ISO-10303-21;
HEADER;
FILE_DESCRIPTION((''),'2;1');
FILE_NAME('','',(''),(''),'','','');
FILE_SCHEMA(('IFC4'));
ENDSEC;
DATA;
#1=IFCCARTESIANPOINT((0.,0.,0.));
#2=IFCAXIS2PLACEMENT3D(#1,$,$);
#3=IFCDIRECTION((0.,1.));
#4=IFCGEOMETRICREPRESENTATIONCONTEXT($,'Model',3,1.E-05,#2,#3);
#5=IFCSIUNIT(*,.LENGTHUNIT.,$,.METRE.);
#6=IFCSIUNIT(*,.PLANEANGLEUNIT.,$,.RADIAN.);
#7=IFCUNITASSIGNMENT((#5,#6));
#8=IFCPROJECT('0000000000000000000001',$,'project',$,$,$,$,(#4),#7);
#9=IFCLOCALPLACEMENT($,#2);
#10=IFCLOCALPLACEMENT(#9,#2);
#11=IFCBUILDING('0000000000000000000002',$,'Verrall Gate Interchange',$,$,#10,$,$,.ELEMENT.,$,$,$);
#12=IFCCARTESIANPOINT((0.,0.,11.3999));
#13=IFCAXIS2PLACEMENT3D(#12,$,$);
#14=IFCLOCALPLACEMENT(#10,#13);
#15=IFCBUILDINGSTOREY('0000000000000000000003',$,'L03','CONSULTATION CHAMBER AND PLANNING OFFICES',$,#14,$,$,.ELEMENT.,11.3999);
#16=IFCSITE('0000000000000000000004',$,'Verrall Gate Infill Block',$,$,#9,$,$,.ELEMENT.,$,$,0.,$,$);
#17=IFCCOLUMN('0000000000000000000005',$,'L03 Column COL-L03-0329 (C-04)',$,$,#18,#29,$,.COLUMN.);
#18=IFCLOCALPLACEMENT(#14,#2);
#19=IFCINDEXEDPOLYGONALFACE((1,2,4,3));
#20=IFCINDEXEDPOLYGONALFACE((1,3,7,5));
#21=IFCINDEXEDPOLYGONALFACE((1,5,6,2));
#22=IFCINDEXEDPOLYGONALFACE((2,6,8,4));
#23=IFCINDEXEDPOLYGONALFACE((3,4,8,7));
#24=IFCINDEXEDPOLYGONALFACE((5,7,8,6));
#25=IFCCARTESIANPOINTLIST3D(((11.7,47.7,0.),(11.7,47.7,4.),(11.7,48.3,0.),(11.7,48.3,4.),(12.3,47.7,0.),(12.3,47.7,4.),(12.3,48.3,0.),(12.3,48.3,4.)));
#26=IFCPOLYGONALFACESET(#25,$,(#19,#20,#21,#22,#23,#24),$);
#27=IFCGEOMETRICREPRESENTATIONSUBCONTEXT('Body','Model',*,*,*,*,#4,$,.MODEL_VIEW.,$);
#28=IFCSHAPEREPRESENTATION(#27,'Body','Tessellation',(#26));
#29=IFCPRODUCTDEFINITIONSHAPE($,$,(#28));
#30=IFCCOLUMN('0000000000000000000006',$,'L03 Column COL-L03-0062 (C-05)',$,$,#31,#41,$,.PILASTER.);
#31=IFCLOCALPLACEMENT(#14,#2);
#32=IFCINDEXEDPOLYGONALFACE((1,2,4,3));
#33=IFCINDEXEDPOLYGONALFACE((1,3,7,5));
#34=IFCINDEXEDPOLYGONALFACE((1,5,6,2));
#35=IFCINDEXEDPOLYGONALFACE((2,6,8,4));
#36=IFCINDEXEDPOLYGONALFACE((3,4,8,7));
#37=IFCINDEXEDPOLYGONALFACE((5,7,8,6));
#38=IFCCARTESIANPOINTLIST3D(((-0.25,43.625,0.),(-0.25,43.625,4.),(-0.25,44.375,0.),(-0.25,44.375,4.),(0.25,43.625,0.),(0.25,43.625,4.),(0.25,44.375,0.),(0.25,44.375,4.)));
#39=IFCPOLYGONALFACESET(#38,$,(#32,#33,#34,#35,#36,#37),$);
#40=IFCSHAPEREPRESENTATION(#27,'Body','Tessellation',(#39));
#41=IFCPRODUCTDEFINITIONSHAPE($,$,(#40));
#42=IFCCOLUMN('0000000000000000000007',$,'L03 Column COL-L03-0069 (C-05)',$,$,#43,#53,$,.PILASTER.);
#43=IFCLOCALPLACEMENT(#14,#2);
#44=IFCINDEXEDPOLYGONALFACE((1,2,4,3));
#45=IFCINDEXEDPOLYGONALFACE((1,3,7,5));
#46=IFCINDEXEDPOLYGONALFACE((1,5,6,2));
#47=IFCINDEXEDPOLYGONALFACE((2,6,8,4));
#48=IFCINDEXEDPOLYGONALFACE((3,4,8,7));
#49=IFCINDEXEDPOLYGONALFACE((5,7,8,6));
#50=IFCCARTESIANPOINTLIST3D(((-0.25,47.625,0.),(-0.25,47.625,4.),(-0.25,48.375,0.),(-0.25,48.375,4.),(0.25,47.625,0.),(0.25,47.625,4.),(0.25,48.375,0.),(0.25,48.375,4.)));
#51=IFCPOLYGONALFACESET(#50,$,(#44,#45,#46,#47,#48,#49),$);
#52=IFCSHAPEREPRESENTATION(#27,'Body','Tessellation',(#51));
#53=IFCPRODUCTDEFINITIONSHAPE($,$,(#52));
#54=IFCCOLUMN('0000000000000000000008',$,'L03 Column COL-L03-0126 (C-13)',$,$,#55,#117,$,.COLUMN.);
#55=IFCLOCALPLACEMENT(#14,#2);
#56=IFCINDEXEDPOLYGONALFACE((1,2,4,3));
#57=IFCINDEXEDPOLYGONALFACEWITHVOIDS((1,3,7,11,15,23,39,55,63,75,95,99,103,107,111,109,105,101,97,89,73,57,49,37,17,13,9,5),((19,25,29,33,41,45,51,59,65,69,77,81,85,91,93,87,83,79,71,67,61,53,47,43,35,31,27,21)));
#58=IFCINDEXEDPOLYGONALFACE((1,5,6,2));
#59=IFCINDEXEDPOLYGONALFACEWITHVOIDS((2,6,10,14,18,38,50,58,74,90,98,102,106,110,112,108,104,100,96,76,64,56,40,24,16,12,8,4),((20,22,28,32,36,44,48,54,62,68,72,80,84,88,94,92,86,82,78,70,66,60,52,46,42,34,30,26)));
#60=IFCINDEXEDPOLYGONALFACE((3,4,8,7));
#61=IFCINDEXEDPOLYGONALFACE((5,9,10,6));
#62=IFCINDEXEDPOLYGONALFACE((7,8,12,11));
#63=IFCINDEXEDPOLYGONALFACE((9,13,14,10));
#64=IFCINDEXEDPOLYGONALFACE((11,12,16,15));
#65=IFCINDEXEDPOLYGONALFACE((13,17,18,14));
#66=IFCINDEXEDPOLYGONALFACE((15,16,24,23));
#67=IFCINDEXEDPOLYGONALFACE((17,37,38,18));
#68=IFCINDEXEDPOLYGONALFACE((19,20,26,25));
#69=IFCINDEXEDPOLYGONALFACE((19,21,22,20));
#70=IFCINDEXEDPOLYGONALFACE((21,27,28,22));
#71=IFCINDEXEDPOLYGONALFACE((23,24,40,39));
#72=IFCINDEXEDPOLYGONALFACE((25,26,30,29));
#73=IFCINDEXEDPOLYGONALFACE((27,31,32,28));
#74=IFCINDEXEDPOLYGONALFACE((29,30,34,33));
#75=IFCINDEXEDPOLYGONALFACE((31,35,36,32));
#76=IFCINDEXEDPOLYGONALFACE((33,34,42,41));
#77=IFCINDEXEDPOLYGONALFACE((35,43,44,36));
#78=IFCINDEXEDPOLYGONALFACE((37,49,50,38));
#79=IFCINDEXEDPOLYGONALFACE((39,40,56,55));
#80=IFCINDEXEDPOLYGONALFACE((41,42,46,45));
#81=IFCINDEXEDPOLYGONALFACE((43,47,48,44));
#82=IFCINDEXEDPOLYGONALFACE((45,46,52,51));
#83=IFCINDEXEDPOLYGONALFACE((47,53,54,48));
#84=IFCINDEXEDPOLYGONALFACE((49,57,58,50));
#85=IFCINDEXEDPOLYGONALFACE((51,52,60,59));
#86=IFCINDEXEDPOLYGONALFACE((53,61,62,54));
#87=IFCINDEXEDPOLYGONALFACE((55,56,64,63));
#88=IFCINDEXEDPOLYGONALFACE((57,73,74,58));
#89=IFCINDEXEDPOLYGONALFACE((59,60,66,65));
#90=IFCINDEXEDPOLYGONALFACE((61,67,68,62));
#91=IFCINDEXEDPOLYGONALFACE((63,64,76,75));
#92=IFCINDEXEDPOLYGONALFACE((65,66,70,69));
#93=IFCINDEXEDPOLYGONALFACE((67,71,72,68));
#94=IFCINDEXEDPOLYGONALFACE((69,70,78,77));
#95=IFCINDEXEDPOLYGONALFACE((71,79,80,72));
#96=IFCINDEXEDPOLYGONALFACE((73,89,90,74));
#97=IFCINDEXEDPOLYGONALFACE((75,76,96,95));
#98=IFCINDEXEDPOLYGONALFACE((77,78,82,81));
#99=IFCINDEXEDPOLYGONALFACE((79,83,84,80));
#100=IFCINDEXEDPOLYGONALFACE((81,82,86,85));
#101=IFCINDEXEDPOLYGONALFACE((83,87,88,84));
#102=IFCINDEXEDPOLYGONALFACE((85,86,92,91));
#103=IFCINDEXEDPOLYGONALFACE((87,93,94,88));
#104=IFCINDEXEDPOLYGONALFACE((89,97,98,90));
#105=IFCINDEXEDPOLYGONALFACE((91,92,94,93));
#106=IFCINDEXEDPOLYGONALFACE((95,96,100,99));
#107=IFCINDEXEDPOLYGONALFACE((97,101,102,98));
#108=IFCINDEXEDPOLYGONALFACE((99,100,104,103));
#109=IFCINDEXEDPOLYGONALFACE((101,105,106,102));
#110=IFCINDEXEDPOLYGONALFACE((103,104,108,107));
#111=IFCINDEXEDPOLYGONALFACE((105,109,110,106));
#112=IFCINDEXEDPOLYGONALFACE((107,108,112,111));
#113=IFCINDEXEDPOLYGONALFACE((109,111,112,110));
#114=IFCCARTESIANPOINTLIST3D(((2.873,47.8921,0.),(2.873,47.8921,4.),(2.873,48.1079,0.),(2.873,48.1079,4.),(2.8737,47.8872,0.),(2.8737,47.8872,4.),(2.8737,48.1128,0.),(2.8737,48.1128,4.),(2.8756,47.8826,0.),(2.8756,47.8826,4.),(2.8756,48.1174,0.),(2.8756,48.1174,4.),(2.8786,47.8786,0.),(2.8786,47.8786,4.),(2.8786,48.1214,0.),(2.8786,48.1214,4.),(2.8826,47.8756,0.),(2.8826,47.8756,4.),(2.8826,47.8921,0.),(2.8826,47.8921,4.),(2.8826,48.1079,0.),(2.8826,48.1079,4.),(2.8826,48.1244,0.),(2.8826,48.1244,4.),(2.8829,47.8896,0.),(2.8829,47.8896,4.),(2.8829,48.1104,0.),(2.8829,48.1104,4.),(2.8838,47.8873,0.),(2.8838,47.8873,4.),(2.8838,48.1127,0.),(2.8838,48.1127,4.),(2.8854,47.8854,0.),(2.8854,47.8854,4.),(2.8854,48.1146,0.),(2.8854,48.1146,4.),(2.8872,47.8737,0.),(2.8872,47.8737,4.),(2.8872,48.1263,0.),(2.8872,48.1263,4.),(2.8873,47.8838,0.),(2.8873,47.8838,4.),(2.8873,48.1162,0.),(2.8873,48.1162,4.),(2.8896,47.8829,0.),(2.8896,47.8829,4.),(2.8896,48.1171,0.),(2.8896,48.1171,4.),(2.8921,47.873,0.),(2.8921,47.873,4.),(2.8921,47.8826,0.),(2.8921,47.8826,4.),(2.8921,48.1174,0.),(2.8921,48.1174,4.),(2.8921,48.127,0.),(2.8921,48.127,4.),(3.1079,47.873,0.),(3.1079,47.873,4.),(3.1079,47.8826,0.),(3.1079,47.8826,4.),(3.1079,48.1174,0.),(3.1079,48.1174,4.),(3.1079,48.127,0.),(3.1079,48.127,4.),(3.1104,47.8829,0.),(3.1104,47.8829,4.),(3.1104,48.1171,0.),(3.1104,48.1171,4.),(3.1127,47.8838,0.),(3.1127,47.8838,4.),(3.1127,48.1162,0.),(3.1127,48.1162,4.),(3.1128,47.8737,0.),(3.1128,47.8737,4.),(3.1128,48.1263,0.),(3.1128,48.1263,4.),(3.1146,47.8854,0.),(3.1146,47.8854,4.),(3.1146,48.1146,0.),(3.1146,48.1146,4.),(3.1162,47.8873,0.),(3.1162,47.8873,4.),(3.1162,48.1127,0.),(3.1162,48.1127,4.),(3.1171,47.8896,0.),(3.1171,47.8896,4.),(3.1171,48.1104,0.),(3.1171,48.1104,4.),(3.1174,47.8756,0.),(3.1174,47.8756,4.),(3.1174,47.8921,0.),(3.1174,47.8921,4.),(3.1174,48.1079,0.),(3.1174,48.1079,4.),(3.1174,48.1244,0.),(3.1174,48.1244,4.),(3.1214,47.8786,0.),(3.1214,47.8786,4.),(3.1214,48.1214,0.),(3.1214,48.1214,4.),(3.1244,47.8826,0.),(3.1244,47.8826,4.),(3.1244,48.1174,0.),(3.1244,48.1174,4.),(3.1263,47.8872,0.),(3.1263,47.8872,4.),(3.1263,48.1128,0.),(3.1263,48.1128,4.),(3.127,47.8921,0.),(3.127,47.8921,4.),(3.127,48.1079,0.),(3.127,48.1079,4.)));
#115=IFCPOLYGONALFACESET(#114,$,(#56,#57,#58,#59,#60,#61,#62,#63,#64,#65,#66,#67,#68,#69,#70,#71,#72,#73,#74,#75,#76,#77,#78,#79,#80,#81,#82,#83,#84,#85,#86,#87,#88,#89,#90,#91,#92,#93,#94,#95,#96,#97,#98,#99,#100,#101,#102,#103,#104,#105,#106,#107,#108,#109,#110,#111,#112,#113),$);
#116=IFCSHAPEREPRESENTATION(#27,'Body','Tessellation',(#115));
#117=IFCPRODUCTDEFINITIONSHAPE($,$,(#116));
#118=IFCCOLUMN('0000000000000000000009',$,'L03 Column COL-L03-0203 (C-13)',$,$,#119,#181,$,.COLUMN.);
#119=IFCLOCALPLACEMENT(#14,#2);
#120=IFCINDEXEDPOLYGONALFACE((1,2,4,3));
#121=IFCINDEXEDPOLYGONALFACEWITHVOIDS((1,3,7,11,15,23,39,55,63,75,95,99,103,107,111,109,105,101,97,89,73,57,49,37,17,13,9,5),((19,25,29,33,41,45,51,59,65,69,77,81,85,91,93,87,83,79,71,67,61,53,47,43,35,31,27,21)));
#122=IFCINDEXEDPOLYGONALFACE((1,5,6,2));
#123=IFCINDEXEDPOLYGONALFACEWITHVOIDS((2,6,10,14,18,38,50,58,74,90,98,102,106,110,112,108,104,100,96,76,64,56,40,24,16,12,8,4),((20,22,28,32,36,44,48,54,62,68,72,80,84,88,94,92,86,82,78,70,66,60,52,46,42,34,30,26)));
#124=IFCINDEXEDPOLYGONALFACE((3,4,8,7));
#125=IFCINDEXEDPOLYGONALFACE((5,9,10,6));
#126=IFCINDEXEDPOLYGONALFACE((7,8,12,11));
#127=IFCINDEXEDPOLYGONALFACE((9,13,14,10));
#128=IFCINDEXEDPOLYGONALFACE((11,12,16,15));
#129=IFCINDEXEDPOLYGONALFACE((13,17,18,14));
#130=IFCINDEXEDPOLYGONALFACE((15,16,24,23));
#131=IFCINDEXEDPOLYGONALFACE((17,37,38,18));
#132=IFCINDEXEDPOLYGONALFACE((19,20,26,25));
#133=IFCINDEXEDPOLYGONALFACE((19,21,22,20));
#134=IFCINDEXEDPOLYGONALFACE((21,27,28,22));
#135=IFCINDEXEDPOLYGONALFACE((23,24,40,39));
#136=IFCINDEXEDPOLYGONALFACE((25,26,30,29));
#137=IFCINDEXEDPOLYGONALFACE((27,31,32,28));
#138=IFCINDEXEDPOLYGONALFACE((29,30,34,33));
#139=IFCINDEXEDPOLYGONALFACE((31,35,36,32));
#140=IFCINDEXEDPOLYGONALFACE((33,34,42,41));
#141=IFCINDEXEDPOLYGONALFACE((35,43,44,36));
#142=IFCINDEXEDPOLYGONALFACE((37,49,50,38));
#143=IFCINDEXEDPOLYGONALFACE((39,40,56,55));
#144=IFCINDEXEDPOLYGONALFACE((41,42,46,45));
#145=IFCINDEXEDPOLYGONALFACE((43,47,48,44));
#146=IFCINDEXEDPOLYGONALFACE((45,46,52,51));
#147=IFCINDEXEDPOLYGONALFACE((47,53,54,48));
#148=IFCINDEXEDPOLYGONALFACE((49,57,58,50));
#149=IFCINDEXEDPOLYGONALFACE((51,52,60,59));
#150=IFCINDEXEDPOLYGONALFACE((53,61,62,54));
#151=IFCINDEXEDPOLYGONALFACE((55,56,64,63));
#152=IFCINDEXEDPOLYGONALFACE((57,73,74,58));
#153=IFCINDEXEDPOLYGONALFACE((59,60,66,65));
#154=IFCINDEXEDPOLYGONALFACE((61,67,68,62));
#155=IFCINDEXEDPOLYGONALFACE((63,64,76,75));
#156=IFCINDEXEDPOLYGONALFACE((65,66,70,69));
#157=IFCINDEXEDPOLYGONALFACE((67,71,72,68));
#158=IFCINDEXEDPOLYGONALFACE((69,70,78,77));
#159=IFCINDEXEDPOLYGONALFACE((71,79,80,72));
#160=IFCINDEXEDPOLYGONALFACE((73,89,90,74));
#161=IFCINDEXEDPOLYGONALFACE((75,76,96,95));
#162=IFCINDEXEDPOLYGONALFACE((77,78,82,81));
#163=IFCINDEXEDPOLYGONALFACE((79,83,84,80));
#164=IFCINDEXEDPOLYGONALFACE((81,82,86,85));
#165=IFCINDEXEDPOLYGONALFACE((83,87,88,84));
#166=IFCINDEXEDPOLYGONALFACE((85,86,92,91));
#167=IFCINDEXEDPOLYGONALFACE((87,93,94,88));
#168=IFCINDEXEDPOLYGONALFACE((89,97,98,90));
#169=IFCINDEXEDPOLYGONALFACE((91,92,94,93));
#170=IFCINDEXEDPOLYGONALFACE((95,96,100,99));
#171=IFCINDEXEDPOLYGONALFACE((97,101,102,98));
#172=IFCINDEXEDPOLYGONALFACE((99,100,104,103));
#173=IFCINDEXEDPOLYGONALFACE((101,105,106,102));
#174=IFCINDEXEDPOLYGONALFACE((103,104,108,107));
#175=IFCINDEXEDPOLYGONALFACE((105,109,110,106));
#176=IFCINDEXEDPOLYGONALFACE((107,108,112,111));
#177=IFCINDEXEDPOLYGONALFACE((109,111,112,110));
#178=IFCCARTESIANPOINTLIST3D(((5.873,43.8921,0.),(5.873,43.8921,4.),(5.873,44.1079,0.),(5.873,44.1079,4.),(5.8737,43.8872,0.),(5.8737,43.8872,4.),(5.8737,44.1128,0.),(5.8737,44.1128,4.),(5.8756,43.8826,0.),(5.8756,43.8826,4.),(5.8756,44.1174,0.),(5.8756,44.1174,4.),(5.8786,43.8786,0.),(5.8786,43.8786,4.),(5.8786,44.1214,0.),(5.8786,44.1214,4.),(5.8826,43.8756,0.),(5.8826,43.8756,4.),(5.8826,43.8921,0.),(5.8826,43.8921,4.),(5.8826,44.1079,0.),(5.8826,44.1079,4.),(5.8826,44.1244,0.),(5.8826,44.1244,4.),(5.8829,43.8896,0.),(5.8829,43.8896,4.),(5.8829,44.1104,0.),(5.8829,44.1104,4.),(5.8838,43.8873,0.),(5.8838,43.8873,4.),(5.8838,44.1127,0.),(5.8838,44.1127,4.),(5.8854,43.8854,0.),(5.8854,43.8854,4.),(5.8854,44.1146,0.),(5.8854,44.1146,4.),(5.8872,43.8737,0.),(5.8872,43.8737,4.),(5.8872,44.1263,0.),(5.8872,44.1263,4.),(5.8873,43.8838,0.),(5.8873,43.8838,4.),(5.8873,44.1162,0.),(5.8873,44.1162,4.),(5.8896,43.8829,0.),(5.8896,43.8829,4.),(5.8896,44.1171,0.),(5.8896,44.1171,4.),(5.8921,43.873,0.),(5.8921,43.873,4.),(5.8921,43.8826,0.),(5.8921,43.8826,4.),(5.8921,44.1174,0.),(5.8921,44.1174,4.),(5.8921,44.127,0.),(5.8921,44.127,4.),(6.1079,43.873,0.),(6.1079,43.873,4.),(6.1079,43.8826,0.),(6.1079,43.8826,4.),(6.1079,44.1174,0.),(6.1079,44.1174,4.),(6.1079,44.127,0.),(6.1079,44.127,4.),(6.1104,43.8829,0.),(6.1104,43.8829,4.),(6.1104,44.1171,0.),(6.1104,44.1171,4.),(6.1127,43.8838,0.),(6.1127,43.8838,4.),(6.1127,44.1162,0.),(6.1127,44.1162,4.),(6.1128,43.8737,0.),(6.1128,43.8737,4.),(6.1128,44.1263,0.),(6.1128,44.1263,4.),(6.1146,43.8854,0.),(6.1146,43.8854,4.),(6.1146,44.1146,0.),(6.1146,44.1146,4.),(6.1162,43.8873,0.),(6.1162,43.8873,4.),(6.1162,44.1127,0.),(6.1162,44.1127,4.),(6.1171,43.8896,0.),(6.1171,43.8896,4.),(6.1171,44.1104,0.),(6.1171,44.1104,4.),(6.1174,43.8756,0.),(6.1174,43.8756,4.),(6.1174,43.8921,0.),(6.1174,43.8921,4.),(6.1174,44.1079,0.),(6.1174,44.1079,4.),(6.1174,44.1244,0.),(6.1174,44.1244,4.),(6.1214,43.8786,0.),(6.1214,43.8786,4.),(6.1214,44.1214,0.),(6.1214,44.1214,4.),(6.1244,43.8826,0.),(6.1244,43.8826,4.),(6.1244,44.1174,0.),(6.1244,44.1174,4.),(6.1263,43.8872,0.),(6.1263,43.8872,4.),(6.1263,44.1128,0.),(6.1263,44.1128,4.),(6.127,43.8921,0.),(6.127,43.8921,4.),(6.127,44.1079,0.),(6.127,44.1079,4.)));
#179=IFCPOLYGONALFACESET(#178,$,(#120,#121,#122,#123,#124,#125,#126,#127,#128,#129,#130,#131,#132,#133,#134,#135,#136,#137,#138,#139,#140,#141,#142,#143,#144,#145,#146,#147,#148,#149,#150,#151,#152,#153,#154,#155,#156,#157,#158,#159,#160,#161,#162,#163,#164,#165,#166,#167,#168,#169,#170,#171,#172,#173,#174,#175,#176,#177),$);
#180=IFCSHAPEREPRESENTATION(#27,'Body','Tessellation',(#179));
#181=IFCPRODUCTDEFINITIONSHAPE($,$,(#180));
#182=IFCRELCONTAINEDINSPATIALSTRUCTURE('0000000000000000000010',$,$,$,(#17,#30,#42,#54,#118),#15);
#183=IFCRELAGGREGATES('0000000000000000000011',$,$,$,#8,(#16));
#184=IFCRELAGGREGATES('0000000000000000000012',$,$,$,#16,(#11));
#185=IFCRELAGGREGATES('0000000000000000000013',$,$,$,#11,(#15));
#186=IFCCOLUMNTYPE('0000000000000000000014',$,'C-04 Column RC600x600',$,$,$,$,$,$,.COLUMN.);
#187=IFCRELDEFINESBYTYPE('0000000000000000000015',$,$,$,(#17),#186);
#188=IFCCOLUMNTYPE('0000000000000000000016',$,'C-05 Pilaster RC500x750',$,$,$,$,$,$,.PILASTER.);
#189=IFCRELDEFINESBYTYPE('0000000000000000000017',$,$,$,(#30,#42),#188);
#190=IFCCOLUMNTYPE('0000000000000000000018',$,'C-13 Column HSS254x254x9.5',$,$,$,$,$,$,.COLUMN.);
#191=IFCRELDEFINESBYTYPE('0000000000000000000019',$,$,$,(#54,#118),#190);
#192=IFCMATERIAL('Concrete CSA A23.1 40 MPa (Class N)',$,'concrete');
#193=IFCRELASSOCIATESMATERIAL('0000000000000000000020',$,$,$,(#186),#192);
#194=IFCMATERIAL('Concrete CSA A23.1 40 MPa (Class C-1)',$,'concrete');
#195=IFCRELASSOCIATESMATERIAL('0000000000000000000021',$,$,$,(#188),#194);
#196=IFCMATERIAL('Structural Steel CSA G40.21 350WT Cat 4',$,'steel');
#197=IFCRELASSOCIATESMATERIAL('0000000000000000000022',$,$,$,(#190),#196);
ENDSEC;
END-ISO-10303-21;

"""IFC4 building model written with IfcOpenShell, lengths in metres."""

from ifc_helpers import new_model, si_unit, direction, frame, origin, origin_2d, place, context, subcontext, project, spatial, rectangle, hollow_rectangle, extrude, material, material_profile, profile_set, type_object, element, save


model = new_model("IFC4")

# Units and contexts
model_context = context("Model", 3, precision=1e-05, world=origin(), true_north=direction((0.0, 1.0)))
body_context = subcontext(model_context, "Body", "Model", "MODEL_VIEW")
ifc_project = project(units=[si_unit("LENGTHUNIT", "METRE"), si_unit("PLANEANGLEUNIT", "RADIAN")], contexts=[model_context])

# Site, building, storey
site_placement = place(None, origin())
site = spatial("IfcSite", under=ifc_project, at=site_placement, Name="Verrall Gate Infill Block", CompositionType="ELEMENT", RefElevation=0.0)
building_placement = place(site_placement, origin())
building = spatial("IfcBuilding", under=site, at=building_placement, Name="Verrall Gate Interchange", CompositionType="ELEMENT")
storey_placement = place(building_placement, frame((0.0, 0.0, 11.3999)))
storey = spatial("IfcBuildingStorey", under=building, at=storey_placement, Name="L03", Description="CONSULTATION CHAMBER AND PLANNING OFFICES", CompositionType="ELEMENT", Elevation=11.3999)

# Columns
ifc_material_1 = material(Name="Concrete CSA A23.1 40 MPa (Class N)", Category="concrete")
ifc_material_profile_1 = material_profile(ifc_material_1, rectangle(XDim=0.6001, YDim=0.6001, at=origin_2d()), Name="RC600x600")
ifc_profile_set_1 = profile_set([ifc_material_profile_1], Name="Concrete CSA A23.1 40 MPa (Class N)")
column_type_1 = type_object("IfcColumnType", Name="C-04 Column RC600x600", PredefinedType="COLUMN", material=ifc_profile_set_1)
column_placement = place(storey_placement, frame((12.0, 48.0, 0.0), z_axis=(0.0, 0.0, 1.0), x_axis=(1.0, 0.0, 0.0)))
element("IfcColumn", 1, at=column_placement, inside=storey, type_object=column_type_1, Name="L03 Column COL-L03-0329 (C-04)", PredefinedType="COLUMN", context=body_context, shape_type="SweptSolid", body=[
    extrude(rectangle(XDim=0.6001, YDim=0.6001, at=origin_2d()), origin(), (0.0, 0.0, 1.0), 4.0),
])
ifc_material_2 = material(Name="Concrete CSA A23.1 40 MPa (Class C-1)", Category="concrete")
ifc_material_profile_2 = material_profile(ifc_material_2, rectangle(XDim=0.5, YDim=0.75, at=origin_2d()), Name="RC500x750")
ifc_profile_set_2 = profile_set([ifc_material_profile_2], Name="Concrete CSA A23.1 40 MPa (Class C-1)")
column_type_2 = type_object("IfcColumnType", Name="C-05 Pilaster RC500x750", PredefinedType="PILASTER", material=ifc_profile_set_2)
for number, where, z_axis, x_axis, name in (
    (2, (0.0, 44.0, 0.0), (0.0, 0.0, 1.0), (1.0, 0.0, 0.0), "L03 Column COL-L03-0062 (C-05)"),
    (3, (0.0, 48.0, 0.0), (0.0, 0.0, 1.0), (1.0, 0.0, 0.0), "L03 Column COL-L03-0069 (C-05)"),
):
    element("IfcColumn", number, at=place(storey_placement, frame(where, z_axis=z_axis, x_axis=x_axis)), inside=storey, type_object=column_type_2, Name=name, PredefinedType="PILASTER", context=body_context, shape_type="SweptSolid", body=[
        extrude(rectangle(XDim=0.5, YDim=0.75, at=origin_2d()), origin(), (0.0, 0.0, 1.0), 4.0),
    ])
ifc_material_3 = material(Name="Structural Steel CSA G40.21 350WT Cat 4", Category="steel")
ifc_material_profile_3 = material_profile(ifc_material_3, hollow_rectangle(XDim=0.2539, YDim=0.2539, WallThickness=0.0095, InnerFilletRadius=0.0095, OuterFilletRadius=0.019, at=origin_2d()), Name="HSS254x254x9.5")
ifc_profile_set_3 = profile_set([ifc_material_profile_3], Name="Structural Steel CSA G40.21 350WT Cat 4")
column_type_3 = type_object("IfcColumnType", Name="C-13 Column HSS254x254x9.5", PredefinedType="COLUMN", material=ifc_profile_set_3)
for number, where, z_axis, x_axis, name in (
    (4, (3.0, 48.0, 0.0), (0.0, 0.0, 1.0), (1.0, 0.0, 0.0), "L03 Column COL-L03-0126 (C-13)"),
    (5, (6.0, 44.0, 0.0), (0.0, 0.0, 1.0), (1.0, 0.0, 0.0), "L03 Column COL-L03-0203 (C-13)"),
):
    element("IfcColumn", number, at=place(storey_placement, frame(where, z_axis=z_axis, x_axis=x_axis)), inside=storey, type_object=column_type_3, Name=name, PredefinedType="COLUMN", context=body_context, shape_type="SweptSolid", body=[
        extrude(hollow_rectangle(XDim=0.2539, YDim=0.2539, WallThickness=0.0095, InnerFilletRadius=0.0095, OuterFilletRadius=0.019, at=origin_2d()), origin(), (0.0, 0.0, 1.0), 4.0),
    ])

save(model, "model.ifc")
